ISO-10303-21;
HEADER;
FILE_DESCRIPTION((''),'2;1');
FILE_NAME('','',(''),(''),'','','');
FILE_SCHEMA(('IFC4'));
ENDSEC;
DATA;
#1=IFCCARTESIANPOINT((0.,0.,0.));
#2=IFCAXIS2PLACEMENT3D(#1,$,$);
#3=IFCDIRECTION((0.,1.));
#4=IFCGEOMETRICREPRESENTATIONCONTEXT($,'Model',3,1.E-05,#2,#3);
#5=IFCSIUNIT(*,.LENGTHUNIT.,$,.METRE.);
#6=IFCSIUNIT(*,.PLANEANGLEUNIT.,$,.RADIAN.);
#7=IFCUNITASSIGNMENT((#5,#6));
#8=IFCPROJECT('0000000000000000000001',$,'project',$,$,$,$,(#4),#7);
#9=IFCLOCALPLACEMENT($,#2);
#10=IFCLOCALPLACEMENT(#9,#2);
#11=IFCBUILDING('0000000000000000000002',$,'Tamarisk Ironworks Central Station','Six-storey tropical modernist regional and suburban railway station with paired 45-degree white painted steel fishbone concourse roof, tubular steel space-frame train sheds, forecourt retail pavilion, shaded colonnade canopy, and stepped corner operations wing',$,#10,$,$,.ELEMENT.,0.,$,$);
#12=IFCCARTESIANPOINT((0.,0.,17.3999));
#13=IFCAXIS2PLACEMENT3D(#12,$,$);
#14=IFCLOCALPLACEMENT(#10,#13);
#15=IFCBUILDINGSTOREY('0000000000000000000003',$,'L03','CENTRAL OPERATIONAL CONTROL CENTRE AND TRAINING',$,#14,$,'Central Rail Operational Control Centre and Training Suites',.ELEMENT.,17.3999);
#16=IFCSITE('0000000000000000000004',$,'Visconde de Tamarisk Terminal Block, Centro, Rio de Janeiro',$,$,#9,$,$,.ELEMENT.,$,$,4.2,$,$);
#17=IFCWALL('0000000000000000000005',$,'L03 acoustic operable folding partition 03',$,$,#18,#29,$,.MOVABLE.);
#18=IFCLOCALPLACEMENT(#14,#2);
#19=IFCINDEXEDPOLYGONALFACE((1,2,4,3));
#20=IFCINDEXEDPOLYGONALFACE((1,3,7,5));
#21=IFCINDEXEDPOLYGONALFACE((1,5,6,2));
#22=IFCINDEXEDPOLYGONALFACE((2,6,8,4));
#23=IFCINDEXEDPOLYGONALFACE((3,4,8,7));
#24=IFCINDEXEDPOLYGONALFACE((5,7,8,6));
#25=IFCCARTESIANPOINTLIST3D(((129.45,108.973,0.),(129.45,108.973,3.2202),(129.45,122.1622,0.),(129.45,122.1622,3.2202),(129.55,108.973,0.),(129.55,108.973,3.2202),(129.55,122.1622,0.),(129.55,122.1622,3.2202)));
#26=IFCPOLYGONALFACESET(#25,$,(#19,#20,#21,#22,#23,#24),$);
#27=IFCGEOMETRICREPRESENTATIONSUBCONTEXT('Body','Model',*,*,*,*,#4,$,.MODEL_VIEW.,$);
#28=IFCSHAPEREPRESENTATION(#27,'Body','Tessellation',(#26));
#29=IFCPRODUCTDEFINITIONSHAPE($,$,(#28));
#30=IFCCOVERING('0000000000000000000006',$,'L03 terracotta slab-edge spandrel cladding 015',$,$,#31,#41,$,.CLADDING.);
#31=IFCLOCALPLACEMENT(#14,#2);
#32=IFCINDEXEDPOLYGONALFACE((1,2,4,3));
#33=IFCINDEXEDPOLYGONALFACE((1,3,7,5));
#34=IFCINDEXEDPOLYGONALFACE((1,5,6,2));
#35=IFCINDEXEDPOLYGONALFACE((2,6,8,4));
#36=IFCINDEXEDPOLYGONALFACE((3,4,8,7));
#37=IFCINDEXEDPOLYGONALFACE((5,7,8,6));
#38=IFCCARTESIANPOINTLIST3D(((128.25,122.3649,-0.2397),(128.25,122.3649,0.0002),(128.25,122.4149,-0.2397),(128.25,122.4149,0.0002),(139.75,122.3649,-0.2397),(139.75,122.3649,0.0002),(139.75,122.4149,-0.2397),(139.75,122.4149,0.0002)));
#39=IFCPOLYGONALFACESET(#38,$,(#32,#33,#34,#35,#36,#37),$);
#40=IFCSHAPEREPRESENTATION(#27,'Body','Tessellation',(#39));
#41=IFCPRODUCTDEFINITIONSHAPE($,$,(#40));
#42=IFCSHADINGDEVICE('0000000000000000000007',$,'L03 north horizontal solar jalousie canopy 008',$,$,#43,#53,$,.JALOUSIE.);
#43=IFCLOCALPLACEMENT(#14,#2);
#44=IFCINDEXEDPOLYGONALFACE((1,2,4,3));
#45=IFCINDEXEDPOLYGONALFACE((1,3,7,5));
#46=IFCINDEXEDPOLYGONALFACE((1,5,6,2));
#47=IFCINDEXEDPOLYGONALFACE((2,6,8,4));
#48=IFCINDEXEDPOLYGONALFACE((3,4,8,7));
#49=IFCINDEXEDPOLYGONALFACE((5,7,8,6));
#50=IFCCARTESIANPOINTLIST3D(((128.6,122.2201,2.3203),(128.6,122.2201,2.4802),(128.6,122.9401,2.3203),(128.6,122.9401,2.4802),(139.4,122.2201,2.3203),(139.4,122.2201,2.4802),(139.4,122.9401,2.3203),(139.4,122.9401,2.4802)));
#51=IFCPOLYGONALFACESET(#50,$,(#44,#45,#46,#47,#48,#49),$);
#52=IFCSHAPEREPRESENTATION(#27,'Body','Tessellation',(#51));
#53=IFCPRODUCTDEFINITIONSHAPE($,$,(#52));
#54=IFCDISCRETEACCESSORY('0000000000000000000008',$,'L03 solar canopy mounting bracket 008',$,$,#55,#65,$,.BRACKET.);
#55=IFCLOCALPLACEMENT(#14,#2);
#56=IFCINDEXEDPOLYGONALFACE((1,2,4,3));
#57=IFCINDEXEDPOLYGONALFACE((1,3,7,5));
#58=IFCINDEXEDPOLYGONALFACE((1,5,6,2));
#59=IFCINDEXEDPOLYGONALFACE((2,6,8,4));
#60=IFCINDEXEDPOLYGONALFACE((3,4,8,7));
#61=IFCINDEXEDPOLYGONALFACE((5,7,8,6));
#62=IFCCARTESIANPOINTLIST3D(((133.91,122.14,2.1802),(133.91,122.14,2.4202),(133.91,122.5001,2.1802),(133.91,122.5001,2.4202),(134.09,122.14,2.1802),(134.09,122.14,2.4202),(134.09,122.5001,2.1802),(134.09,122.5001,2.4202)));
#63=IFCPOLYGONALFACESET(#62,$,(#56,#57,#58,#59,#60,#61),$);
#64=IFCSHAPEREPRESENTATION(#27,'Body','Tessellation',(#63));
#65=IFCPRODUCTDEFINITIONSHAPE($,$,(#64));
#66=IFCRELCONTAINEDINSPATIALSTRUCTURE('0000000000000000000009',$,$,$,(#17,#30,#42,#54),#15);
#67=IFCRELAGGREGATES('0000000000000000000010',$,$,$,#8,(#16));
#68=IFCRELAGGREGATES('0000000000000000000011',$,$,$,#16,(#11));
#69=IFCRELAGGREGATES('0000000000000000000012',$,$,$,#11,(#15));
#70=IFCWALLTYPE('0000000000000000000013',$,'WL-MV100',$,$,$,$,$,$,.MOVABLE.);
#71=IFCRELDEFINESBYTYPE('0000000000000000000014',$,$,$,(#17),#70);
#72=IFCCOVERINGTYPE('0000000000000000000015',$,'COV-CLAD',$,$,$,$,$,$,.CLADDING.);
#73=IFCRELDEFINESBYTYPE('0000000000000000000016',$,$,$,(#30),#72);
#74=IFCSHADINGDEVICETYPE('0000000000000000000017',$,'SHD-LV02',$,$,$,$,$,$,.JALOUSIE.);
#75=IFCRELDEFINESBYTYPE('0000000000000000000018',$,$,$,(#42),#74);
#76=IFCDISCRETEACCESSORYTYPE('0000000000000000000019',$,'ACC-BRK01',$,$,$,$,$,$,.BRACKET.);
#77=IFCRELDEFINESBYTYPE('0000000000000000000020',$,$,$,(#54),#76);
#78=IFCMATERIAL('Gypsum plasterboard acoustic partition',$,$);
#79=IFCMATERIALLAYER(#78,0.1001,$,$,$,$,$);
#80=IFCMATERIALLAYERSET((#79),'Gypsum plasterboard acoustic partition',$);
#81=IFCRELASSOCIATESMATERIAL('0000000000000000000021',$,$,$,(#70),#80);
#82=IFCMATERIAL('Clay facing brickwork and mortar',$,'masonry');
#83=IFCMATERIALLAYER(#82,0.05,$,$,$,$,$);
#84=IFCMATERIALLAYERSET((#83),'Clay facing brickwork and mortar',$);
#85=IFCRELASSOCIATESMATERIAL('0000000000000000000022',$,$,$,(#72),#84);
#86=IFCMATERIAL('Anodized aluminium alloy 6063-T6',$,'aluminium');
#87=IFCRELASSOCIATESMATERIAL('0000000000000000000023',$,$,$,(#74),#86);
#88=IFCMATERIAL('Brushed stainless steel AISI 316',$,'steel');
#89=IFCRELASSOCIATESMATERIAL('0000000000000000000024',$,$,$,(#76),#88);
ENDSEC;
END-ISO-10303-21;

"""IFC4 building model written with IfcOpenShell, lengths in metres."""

from ifc_helpers import new_model, si_unit, direction, frame, frame_2d, origin, origin_2d, place, context, subcontext, project, spatial, rectangle, extrude, material, layer, layer_set, type_object, element, save


model = new_model("IFC4")

# Units and contexts
model_context = context("Model", 3, precision=1e-05, world=origin(), true_north=direction((0.0, 1.0)))
body_context = subcontext(model_context, "Body", "Model", "MODEL_VIEW")
ifc_project = project(units=[si_unit("LENGTHUNIT", "METRE"), si_unit("PLANEANGLEUNIT", "RADIAN")], contexts=[model_context])

# Site, building, storey
site_placement = place(None, origin())
site = spatial("IfcSite", under=ifc_project, at=site_placement, Name="Visconde de Tamarisk Terminal Block, Centro, Rio de Janeiro", CompositionType="ELEMENT", RefElevation=4.2)
building_placement = place(site_placement, origin())
building = spatial("IfcBuilding", under=site, at=building_placement, Name="Tamarisk Ironworks Central Station", Description="Six-storey tropical modernist regional and suburban railway station with paired 45-degree white painted steel fishbone concourse roof, tubular steel space-frame train sheds, forecourt retail pavilion, shaded colonnade canopy, and stepped corner operations wing", CompositionType="ELEMENT", ElevationOfRefHeight=0.0)
storey_placement = place(building_placement, frame((0.0, 0.0, 17.3999)))
storey = spatial("IfcBuildingStorey", under=building, at=storey_placement, Name="L03", Description="CENTRAL OPERATIONAL CONTROL CENTRE AND TRAINING", LongName="Central Rail Operational Control Centre and Training Suites", CompositionType="ELEMENT", Elevation=17.3999)

# Shared definitions
ifc_material_1 = material(Name="Anodized aluminium alloy 6063-T6", Category="aluminium")

# Wall
ifc_material_2 = material(Name="Gypsum plasterboard acoustic partition")
ifc_layer_1 = layer(ifc_material_2, 0.1001)
ifc_layer_set_1 = layer_set([ifc_layer_1], Name="Gypsum plasterboard acoustic partition")
wall_type = type_object("IfcWallType", Name="WL-MV100", PredefinedType="MOVABLE", material=ifc_layer_set_1)
wall_placement = place(storey_placement, frame((129.5, 108.9729, 0.0), z_axis=(0.0, 0.0, 1.0), x_axis=(0.0, 1.0, 0.0)))
element("IfcWall", 1, at=wall_placement, inside=storey, type_object=wall_type, Name="L03 acoustic operable folding partition 03", PredefinedType="MOVABLE", context=body_context, shape_type="SweptSolid", body=[
    extrude(rectangle(XDim=13.1892, YDim=0.1001, at=frame_2d((6.5947, 0.0))), origin(), (0.0, 0.0, 1.0), 3.2202),
])

# Covering
ifc_material_3 = material(Name="Clay facing brickwork and mortar", Category="masonry")
ifc_layer_2 = layer(ifc_material_3, 0.05)
ifc_layer_set_2 = layer_set([ifc_layer_2], Name="Clay facing brickwork and mortar")
covering_type = type_object("IfcCoveringType", Name="COV-CLAD", PredefinedType="CLADDING", material=ifc_layer_set_2)
covering_placement = place(storey_placement, frame((134.0, 122.3899, -0.2397), z_axis=(0.0, 0.0, 1.0), x_axis=(1.0, 0.0, 0.0)))
element("IfcCovering", 2, at=covering_placement, inside=storey, type_object=covering_type, Name="L03 terracotta slab-edge spandrel cladding 015", PredefinedType="CLADDING", context=body_context, shape_type="SweptSolid", body=[
    extrude(rectangle(XDim=11.5, YDim=0.05, at=origin_2d()), origin(), (0.0, 0.0, 1.0), 0.24),
])

# Shading device
shading_device_type = type_object("IfcShadingDeviceType", Name="SHD-LV02", PredefinedType="JALOUSIE", material=ifc_material_1)
shading_device_placement = place(storey_placement, frame((134.0, 122.5801, 2.3203), z_axis=(0.0, 0.0, 1.0), x_axis=(1.0, 0.0, 0.0)))
element("IfcShadingDevice", 3, at=shading_device_placement, inside=storey, type_object=shading_device_type, Name="L03 north horizontal solar jalousie canopy 008", PredefinedType="JALOUSIE", context=body_context, shape_type="SweptSolid", body=[
    extrude(rectangle(XDim=10.8, YDim=0.72, at=origin_2d()), origin(), (0.0, 0.0, 1.0), 0.1599),
])

# Discrete accessory
ifc_material_4 = material(Name="Brushed stainless steel AISI 316", Category="steel")
discrete_accessory_type = type_object("IfcDiscreteAccessoryType", Name="ACC-BRK01", PredefinedType="BRACKET", material=ifc_material_4)
discrete_accessory_placement = place(storey_placement, frame((134.0, 122.3201, 2.1802), z_axis=(0.0, 0.0, 1.0), x_axis=(1.0, 0.0, 0.0)))
element("IfcDiscreteAccessory", 4, at=discrete_accessory_placement, inside=storey, type_object=discrete_accessory_type, Name="L03 solar canopy mounting bracket 008", PredefinedType="BRACKET", context=body_context, shape_type="SweptSolid", body=[
    extrude(rectangle(XDim=0.1799, YDim=0.3601, at=origin_2d()), origin(), (0.0, 0.0, 1.0), 0.24),
])

save(model, "model.ifc")
